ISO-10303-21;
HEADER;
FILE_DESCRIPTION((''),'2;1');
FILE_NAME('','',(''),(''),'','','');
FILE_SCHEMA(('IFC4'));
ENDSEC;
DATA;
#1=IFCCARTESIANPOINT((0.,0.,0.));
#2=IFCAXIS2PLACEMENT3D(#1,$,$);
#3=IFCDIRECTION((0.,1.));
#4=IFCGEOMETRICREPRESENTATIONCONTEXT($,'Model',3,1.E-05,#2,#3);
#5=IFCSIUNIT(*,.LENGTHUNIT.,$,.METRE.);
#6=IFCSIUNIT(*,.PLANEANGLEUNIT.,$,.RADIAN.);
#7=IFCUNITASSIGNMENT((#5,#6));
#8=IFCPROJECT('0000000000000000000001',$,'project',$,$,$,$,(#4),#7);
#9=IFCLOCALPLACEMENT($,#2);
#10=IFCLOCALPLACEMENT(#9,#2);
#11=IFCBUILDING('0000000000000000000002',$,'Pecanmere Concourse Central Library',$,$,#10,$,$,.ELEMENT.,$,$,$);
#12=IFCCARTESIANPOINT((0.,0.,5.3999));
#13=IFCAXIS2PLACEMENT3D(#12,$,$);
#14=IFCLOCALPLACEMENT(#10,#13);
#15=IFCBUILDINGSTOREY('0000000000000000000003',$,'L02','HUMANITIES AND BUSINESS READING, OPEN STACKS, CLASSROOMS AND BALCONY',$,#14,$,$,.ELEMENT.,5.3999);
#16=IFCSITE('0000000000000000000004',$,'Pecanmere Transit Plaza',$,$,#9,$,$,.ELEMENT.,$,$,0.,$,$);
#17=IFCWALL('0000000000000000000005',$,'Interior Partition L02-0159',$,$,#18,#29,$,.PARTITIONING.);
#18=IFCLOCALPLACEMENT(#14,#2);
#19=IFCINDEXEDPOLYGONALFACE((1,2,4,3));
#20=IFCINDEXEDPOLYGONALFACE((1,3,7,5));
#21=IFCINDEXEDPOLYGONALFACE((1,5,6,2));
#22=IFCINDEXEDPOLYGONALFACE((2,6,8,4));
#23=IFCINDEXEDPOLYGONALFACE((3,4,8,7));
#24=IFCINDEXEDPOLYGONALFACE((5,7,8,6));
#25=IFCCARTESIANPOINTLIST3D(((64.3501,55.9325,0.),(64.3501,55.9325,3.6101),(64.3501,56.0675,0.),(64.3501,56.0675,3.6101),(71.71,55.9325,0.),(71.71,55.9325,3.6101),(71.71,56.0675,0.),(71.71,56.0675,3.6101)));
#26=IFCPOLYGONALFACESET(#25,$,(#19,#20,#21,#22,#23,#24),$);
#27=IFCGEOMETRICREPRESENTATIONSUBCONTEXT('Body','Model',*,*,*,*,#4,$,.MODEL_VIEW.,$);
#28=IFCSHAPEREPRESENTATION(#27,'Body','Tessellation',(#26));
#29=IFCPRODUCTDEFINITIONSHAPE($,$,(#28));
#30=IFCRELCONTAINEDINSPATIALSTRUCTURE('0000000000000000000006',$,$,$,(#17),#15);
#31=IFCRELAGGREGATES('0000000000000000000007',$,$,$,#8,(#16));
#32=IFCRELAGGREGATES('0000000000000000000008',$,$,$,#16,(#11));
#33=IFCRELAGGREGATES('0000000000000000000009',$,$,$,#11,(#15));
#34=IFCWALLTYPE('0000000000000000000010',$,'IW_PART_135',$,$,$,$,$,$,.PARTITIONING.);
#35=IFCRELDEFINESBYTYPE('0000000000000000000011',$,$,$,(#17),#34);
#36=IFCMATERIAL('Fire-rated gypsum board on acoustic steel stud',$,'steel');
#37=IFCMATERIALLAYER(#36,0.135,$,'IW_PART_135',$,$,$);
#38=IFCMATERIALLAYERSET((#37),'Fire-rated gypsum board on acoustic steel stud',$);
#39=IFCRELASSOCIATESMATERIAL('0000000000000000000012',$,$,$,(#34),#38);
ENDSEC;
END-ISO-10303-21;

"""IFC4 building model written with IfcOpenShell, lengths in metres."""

from ifc_helpers import new_model, si_unit, direction, frame, frame_2d, origin, place, context, subcontext, project, spatial, rectangle, extrude, material, layer, layer_set, type_object, element, save


model = new_model("IFC4")

# Units and contexts
model_context = context("Model", 3, precision=1e-05, world=origin(), true_north=direction((0.0, 1.0)))
body_context = subcontext(model_context, "Body", "Model", "MODEL_VIEW")
ifc_project = project(units=[si_unit("LENGTHUNIT", "METRE"), si_unit("PLANEANGLEUNIT", "RADIAN")], contexts=[model_context])

# Site, building, storey
site_placement = place(None, origin())
site = spatial("IfcSite", under=ifc_project, at=site_placement, Name="Pecanmere Transit Plaza", CompositionType="ELEMENT", RefElevation=0.0)
building_placement = place(site_placement, origin())
building = spatial("IfcBuilding", under=site, at=building_placement, Name="Pecanmere Concourse Central Library", CompositionType="ELEMENT")
storey_placement = place(building_placement, frame((0.0, 0.0, 5.3999)))
storey = spatial("IfcBuildingStorey", under=building, at=storey_placement, Name="L02", Description="HUMANITIES AND BUSINESS READING, OPEN STACKS, CLASSROOMS AND BALCONY", CompositionType="ELEMENT", Elevation=5.3999)

# Shared definitions
ifc_material_1 = material(Name="Fire-rated gypsum board on acoustic steel stud", Category="steel")
ifc_layer = layer(ifc_material_1, 0.135, Name="IW_PART_135")
ifc_layer_set = layer_set([ifc_layer], Name="Fire-rated gypsum board on acoustic steel stud")
wall_type = type_object("IfcWallType", Name="IW_PART_135", PredefinedType="PARTITIONING", material=ifc_layer_set)

# Wall
wall_1_placement = place(storey_placement, frame((64.3501, 56.0, 0.0), z_axis=(0.0, 0.0, 1.0), x_axis=(1.0, 0.0, 0.0)))
element("IfcWall", 1, at=wall_1_placement, inside=storey, type_object=wall_type, Name="Interior Partition L02-0159", PredefinedType="PARTITIONING", context=body_context, shape_type="SweptSolid", body=[
    extrude(rectangle(XDim=7.3599, YDim=0.135, at=frame_2d((3.6799, 0.0))), origin(), (0.0, 0.0, 1.0), 3.6101),
])

save(model, "model.ifc")
